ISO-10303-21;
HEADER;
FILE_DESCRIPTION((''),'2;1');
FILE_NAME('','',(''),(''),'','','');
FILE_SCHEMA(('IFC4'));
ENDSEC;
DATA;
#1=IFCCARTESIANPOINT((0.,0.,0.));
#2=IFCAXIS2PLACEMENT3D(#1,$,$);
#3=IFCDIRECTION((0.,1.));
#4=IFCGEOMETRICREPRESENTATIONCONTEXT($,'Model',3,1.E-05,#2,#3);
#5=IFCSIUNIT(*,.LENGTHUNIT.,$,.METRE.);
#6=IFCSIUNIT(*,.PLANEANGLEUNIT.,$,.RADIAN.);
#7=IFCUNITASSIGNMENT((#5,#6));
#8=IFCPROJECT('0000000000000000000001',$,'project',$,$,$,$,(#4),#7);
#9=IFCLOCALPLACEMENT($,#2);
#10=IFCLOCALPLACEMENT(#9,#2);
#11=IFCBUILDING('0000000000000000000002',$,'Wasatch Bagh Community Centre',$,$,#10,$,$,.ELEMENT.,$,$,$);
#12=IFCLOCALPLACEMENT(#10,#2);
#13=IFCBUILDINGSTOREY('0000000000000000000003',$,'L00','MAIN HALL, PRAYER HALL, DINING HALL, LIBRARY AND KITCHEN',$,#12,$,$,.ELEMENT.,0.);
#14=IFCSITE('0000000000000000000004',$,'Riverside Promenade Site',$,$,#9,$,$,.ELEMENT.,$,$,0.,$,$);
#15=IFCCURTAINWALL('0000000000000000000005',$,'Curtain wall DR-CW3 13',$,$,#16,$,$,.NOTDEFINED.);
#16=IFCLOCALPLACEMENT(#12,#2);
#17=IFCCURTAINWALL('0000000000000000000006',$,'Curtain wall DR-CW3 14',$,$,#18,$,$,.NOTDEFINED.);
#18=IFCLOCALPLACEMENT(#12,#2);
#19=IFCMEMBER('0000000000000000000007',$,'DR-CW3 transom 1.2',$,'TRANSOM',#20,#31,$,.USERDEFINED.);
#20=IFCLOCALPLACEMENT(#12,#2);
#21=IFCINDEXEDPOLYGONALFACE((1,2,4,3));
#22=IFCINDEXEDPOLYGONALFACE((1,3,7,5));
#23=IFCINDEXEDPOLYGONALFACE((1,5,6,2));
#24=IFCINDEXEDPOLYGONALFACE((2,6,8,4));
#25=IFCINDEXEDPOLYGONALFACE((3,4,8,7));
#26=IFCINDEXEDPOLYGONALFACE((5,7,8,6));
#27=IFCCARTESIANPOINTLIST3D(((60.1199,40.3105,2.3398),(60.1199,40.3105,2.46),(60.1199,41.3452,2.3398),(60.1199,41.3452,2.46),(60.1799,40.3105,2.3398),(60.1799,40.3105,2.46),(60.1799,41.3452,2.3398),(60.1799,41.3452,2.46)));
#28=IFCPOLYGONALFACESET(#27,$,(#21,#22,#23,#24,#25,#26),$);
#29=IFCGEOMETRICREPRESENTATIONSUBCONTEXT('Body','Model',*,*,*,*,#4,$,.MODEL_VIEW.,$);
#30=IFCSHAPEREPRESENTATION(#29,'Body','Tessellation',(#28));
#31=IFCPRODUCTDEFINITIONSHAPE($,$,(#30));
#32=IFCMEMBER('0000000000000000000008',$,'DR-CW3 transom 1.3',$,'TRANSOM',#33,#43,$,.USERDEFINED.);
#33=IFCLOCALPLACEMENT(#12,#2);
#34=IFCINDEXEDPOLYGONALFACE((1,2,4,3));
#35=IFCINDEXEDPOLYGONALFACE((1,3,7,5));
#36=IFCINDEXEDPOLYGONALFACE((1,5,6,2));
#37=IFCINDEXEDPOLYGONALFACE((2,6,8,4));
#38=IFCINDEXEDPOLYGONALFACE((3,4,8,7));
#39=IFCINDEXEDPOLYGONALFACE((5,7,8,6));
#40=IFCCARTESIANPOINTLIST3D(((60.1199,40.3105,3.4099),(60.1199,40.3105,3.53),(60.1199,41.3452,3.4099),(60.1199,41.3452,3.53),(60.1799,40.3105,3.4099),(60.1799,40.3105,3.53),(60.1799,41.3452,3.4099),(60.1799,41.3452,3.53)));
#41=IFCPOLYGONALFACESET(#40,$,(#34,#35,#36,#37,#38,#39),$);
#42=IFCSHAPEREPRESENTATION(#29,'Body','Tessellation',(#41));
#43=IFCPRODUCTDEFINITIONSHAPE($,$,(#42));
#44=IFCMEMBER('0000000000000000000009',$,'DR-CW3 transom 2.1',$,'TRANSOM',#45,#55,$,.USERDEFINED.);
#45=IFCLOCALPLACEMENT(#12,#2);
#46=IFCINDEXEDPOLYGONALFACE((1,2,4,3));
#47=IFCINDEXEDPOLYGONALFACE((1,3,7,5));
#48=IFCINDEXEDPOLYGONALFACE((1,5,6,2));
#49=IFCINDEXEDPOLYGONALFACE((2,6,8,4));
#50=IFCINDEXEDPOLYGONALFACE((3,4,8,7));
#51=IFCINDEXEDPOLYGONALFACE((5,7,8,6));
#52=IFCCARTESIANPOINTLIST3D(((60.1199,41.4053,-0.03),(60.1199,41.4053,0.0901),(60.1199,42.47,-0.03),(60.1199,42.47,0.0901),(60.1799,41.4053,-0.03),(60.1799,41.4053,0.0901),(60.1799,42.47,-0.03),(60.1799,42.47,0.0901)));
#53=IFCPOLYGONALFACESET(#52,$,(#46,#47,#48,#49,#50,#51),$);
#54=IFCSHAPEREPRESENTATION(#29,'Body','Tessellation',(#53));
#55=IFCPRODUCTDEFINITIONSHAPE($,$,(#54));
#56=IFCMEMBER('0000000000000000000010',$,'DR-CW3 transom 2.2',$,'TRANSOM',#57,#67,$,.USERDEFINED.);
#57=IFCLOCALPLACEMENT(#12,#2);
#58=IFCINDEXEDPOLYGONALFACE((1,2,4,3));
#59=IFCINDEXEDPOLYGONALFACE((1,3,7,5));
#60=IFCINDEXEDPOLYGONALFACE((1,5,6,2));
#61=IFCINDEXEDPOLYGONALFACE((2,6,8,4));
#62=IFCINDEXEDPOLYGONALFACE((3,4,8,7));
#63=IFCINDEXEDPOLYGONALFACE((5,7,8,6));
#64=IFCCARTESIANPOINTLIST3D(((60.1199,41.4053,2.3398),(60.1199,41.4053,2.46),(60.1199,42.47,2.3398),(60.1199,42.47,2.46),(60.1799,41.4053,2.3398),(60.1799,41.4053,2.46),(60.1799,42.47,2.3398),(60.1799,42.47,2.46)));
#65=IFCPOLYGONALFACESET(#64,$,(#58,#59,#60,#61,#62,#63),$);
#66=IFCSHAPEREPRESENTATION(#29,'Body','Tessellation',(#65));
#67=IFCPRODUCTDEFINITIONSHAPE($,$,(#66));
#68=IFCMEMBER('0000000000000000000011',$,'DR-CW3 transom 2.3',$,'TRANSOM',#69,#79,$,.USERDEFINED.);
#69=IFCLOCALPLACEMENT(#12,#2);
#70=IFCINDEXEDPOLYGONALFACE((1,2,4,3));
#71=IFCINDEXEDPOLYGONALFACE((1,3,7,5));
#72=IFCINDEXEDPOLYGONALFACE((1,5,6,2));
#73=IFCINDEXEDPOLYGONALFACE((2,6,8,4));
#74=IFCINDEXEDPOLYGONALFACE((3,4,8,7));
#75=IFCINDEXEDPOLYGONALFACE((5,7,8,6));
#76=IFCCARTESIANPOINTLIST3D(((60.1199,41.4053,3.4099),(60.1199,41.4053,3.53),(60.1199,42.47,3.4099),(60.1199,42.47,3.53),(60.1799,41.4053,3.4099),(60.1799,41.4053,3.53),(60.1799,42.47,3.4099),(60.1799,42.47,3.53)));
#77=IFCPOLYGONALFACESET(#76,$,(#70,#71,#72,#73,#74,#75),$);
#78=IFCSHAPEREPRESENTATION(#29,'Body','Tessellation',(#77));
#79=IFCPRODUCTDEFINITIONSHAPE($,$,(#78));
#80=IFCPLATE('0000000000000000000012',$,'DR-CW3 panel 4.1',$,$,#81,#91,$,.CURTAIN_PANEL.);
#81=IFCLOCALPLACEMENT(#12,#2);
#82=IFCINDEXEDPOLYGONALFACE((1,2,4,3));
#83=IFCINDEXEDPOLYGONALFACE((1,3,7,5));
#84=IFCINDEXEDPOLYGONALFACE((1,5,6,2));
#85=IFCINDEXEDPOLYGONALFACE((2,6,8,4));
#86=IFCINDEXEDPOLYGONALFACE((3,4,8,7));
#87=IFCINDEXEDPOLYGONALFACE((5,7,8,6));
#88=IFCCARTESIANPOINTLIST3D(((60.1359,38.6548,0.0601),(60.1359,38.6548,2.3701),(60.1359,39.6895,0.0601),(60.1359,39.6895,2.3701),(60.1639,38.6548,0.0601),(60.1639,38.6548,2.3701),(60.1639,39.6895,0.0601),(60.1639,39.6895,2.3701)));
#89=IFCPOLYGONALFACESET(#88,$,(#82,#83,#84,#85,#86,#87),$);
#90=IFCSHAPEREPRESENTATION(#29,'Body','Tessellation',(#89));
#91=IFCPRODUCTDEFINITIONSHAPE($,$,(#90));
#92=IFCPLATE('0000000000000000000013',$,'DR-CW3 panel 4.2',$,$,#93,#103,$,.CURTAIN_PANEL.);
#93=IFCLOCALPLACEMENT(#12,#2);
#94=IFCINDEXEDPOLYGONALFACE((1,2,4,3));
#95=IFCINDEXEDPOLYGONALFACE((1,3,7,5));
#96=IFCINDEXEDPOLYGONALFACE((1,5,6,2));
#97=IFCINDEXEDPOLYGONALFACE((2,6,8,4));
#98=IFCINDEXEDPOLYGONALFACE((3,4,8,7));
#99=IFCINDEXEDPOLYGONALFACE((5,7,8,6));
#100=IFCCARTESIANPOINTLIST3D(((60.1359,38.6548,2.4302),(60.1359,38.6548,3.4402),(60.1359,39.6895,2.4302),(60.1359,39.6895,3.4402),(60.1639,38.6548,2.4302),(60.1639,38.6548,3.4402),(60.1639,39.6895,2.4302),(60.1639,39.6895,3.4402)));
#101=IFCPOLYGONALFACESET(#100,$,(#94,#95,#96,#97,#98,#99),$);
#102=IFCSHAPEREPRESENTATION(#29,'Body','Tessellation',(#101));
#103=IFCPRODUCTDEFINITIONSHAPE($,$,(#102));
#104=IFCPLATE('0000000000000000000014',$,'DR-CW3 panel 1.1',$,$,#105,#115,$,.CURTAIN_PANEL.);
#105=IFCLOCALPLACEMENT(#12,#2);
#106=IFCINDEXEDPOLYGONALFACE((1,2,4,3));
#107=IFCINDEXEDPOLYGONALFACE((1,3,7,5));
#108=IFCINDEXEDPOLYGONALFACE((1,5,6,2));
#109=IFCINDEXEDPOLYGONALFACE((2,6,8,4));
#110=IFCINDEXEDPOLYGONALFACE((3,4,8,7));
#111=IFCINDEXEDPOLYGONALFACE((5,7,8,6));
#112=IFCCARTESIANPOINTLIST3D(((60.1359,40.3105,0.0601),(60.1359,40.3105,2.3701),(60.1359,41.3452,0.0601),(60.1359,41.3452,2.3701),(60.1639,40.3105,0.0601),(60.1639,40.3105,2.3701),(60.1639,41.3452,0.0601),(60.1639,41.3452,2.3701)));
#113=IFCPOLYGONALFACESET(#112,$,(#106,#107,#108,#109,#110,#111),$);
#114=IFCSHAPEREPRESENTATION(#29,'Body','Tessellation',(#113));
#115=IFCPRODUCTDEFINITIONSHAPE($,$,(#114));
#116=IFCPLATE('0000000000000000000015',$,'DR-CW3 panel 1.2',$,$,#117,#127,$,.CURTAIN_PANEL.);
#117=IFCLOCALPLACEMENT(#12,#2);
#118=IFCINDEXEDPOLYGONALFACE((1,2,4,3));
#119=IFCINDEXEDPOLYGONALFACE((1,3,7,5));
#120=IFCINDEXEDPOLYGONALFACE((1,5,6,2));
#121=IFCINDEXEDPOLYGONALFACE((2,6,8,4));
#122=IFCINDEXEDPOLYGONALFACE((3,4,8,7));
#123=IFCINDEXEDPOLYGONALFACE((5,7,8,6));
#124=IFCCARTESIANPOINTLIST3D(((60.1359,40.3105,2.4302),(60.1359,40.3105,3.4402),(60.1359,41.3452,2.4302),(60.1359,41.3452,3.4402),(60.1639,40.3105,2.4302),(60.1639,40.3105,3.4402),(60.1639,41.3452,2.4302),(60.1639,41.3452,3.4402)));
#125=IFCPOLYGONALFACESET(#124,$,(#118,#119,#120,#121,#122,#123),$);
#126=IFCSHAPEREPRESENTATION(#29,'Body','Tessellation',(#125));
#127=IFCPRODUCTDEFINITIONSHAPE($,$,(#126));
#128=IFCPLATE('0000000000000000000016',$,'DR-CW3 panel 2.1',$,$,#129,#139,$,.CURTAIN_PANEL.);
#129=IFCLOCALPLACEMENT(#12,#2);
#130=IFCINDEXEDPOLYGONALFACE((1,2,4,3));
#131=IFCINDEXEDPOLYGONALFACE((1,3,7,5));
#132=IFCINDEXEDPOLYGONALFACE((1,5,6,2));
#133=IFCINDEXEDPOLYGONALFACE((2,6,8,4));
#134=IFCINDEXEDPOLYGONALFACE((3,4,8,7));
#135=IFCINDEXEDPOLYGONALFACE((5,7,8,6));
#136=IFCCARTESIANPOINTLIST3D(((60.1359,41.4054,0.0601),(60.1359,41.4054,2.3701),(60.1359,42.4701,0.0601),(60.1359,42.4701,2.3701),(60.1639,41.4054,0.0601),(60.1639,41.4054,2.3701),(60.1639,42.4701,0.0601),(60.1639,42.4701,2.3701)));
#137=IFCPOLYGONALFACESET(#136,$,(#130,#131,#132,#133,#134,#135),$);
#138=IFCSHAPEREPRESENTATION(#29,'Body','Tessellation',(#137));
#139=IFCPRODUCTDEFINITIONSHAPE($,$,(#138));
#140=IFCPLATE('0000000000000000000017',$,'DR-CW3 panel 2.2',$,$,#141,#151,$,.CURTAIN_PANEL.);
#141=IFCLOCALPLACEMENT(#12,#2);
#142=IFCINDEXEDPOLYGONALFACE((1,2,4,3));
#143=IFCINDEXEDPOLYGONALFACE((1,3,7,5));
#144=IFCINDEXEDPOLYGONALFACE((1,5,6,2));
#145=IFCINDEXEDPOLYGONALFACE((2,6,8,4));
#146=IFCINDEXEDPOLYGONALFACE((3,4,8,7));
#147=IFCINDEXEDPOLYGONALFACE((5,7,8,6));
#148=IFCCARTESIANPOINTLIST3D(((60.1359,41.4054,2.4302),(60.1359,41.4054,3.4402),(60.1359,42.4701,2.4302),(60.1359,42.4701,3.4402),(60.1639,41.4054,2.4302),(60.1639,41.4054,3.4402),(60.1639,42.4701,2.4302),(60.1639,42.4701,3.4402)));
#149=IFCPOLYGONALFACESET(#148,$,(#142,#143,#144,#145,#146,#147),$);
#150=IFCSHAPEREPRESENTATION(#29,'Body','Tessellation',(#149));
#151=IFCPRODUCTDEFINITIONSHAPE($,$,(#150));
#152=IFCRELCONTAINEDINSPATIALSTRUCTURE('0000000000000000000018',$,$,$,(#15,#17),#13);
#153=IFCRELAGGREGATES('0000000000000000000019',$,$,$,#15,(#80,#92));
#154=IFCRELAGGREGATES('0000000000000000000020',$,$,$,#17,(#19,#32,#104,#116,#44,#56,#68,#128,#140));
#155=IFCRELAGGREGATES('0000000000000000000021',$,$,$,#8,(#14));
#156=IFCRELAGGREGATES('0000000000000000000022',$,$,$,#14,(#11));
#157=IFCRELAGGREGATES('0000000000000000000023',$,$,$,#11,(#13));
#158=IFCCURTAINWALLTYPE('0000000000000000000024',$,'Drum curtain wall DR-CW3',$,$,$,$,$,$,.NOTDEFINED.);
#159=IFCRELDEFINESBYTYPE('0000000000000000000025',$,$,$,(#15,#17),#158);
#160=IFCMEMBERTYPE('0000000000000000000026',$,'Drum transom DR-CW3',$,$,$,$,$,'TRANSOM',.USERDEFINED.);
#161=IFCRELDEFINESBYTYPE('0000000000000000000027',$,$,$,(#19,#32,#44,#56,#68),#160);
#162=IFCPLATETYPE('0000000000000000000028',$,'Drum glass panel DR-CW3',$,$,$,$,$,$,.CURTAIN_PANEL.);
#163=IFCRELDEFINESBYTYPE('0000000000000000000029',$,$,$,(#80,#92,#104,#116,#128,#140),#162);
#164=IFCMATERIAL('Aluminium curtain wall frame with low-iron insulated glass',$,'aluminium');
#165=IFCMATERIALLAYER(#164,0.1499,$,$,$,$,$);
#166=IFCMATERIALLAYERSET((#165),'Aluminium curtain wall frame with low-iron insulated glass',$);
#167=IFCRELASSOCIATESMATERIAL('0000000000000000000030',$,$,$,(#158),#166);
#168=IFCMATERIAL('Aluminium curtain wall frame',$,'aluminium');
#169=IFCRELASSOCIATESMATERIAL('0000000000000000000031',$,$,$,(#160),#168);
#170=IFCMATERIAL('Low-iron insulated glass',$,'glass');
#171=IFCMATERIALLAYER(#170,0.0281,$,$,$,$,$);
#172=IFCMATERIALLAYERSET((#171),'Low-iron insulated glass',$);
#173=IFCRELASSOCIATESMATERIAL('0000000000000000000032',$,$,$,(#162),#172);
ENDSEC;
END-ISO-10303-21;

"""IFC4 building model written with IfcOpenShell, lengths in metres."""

from ifc_helpers import new_model, si_unit, direction, frame, origin, origin_2d, place, context, subcontext, project, spatial, rectangle, extrude, material, layer, layer_set, material_profile, profile_set, type_object, element, aggregate, save


model = new_model("IFC4")

# Units and contexts
model_context = context("Model", 3, precision=1e-05, world=origin(), true_north=direction((0.0, 1.0)))
body_context = subcontext(model_context, "Body", "Model", "MODEL_VIEW")
ifc_project = project(units=[si_unit("LENGTHUNIT", "METRE"), si_unit("PLANEANGLEUNIT", "RADIAN")], contexts=[model_context])

# Site, building, storey
site_placement = place(None, origin())
site = spatial("IfcSite", under=ifc_project, at=site_placement, Name="Riverside Promenade Site", CompositionType="ELEMENT", RefElevation=0.0)
building_placement = place(site_placement, origin())
building = spatial("IfcBuilding", under=site, at=building_placement, Name="Wasatch Bagh Community Centre", CompositionType="ELEMENT")
storey_placement = place(building_placement, origin())
storey = spatial("IfcBuildingStorey", under=building, at=storey_placement, Name="L00", Description="MAIN HALL, PRAYER HALL, DINING HALL, LIBRARY AND KITCHEN", CompositionType="ELEMENT", Elevation=0.0)

# Curtain wall
ifc_material_1 = material(Name="Aluminium curtain wall frame with low-iron insulated glass", Category="aluminium")
ifc_layer_1 = layer(ifc_material_1, 0.1499)
ifc_layer_set_1 = layer_set([ifc_layer_1], Name="Aluminium curtain wall frame with low-iron insulated glass")
curtain_wall_type = type_object("IfcCurtainWallType", Name="Drum curtain wall DR-CW3", PredefinedType="NOTDEFINED", material=ifc_layer_set_1)
curtain_wall_1_placement = place(storey_placement, origin())
curtain_wall_1 = element("IfcCurtainWall", 1, at=curtain_wall_1_placement, inside=storey, type_object=curtain_wall_type, Name="Curtain wall DR-CW3 13", PredefinedType="NOTDEFINED")
ifc_material_2 = material(Name="Aluminium curtain wall frame", Category="aluminium")

# Curtain wall
curtain_wall_2_placement = place(storey_placement, origin())
curtain_wall_2 = element("IfcCurtainWall", 2, at=curtain_wall_2_placement, inside=storey, type_object=curtain_wall_type, Name="Curtain wall DR-CW3 14", PredefinedType="NOTDEFINED")

# Members
ifc_material_profile_1 = material_profile(ifc_material_2, rectangle(XDim=0.0601, YDim=0.1201, at=origin_2d()), Name="Drum transom DR-CW3")
ifc_profile_set_1 = profile_set([ifc_material_profile_1], Name="Aluminium curtain wall frame")
member_type_1 = type_object("IfcMemberType", Name="Drum transom DR-CW3", ElementType="TRANSOM", PredefinedType="USERDEFINED", material=ifc_profile_set_1)
member_1_placement = place(storey_placement, frame((60.1499, 40.3105, 2.3999), z_axis=(0.0, 1.0, 0.0), x_axis=(-1.0, 0.0, 0.0)))
member_1 = element("IfcMember", 3, at=member_1_placement, type_object=member_type_1, Name="DR-CW3 transom 1.2", ObjectType="TRANSOM", PredefinedType="USERDEFINED", context=body_context, shape_type="SweptSolid", body=[
    extrude(rectangle(XDim=0.0601, YDim=0.1201, at=origin_2d()), origin(), (0.0, 0.0, 1.0), 1.0347),
])
member_2_placement = place(storey_placement, frame((60.1499, 40.3105, 3.47), z_axis=(0.0, 1.0, 0.0), x_axis=(-1.0, 0.0, 0.0)))
member_2 = element("IfcMember", 4, at=member_2_placement, type_object=member_type_1, Name="DR-CW3 transom 1.3", ObjectType="TRANSOM", PredefinedType="USERDEFINED", context=body_context, shape_type="SweptSolid", body=[
    extrude(rectangle(XDim=0.0601, YDim=0.1201, at=origin_2d()), origin(), (0.0, 0.0, 1.0), 1.0347),
])
member_3_placement = place(storey_placement, frame((60.1499, 41.4053, 0.03), z_axis=(0.0, 1.0, 0.0), x_axis=(-1.0, 0.0, 0.0)))
member_3 = element("IfcMember", 5, at=member_3_placement, type_object=member_type_1, Name="DR-CW3 transom 2.1", ObjectType="TRANSOM", PredefinedType="USERDEFINED", context=body_context, shape_type="SweptSolid", body=[
    extrude(rectangle(XDim=0.0601, YDim=0.1201, at=origin_2d()), origin(), (0.0, 0.0, 1.0), 1.0647),
])
member_4_placement = place(storey_placement, frame((60.1499, 41.4053, 2.3999), z_axis=(0.0, 1.0, 0.0), x_axis=(-1.0, 0.0, 0.0)))
member_4 = element("IfcMember", 6, at=member_4_placement, type_object=member_type_1, Name="DR-CW3 transom 2.2", ObjectType="TRANSOM", PredefinedType="USERDEFINED", context=body_context, shape_type="SweptSolid", body=[
    extrude(rectangle(XDim=0.0601, YDim=0.1201, at=origin_2d()), origin(), (0.0, 0.0, 1.0), 1.0647),
])
member_5_placement = place(storey_placement, frame((60.1499, 41.4053, 3.47), z_axis=(0.0, 1.0, 0.0), x_axis=(-1.0, 0.0, 0.0)))
member_5 = element("IfcMember", 7, at=member_5_placement, type_object=member_type_1, Name="DR-CW3 transom 2.3", ObjectType="TRANSOM", PredefinedType="USERDEFINED", context=body_context, shape_type="SweptSolid", body=[
    extrude(rectangle(XDim=0.0601, YDim=0.1201, at=origin_2d()), origin(), (0.0, 0.0, 1.0), 1.0647),
])

# Plates
ifc_material_3 = material(Name="Low-iron insulated glass", Category="glass")
ifc_layer_2 = layer(ifc_material_3, 0.0281)
ifc_layer_set_2 = layer_set([ifc_layer_2], Name="Low-iron insulated glass")
plate_type = type_object("IfcPlateType", Name="Drum glass panel DR-CW3", PredefinedType="CURTAIN_PANEL", material=ifc_layer_set_2)
plate_1_placement = place(storey_placement, frame((60.1499, 39.1721, 0.0601), z_axis=(0.0, 0.0, 1.0), x_axis=(0.0, 1.0, 0.0)))
plate_1 = element("IfcPlate", 8, at=plate_1_placement, type_object=plate_type, Name="DR-CW3 panel 4.1", PredefinedType="CURTAIN_PANEL", context=body_context, shape_type="SweptSolid", body=[
    extrude(rectangle(XDim=1.0347, YDim=0.0281, at=origin_2d()), origin(), (0.0, 0.0, 1.0), 2.3101),
])
plate_2_placement = place(storey_placement, frame((60.1499, 39.1721, 2.4302), z_axis=(0.0, 0.0, 1.0), x_axis=(0.0, 1.0, 0.0)))
plate_2 = element("IfcPlate", 9, at=plate_2_placement, type_object=plate_type, Name="DR-CW3 panel 4.2", PredefinedType="CURTAIN_PANEL", context=body_context, shape_type="SweptSolid", body=[
    extrude(rectangle(XDim=1.0347, YDim=0.0281, at=origin_2d()), origin(), (0.0, 0.0, 1.0), 1.01),
])
aggregate(curtain_wall_1, [plate_1, plate_2])
plate_3_placement = place(storey_placement, frame((60.1499, 40.8279, 0.0601), z_axis=(0.0, 0.0, 1.0), x_axis=(0.0, 1.0, 0.0)))
plate_3 = element("IfcPlate", 10, at=plate_3_placement, type_object=plate_type, Name="DR-CW3 panel 1.1", PredefinedType="CURTAIN_PANEL", context=body_context, shape_type="SweptSolid", body=[
    extrude(rectangle(XDim=1.0347, YDim=0.0281, at=origin_2d()), origin(), (0.0, 0.0, 1.0), 2.3101),
])
plate_4_placement = place(storey_placement, frame((60.1499, 40.8279, 2.4302), z_axis=(0.0, 0.0, 1.0), x_axis=(0.0, 1.0, 0.0)))
plate_4 = element("IfcPlate", 11, at=plate_4_placement, type_object=plate_type, Name="DR-CW3 panel 1.2", PredefinedType="CURTAIN_PANEL", context=body_context, shape_type="SweptSolid", body=[
    extrude(rectangle(XDim=1.0347, YDim=0.0281, at=origin_2d()), origin(), (0.0, 0.0, 1.0), 1.01),
])
plate_5_placement = place(storey_placement, frame((60.1499, 41.9377, 0.0601), z_axis=(0.0, 0.0, 1.0), x_axis=(0.0, 1.0, 0.0)))
plate_5 = element("IfcPlate", 12, at=plate_5_placement, type_object=plate_type, Name="DR-CW3 panel 2.1", PredefinedType="CURTAIN_PANEL", context=body_context, shape_type="SweptSolid", body=[
    extrude(rectangle(XDim=1.0647, YDim=0.0281, at=origin_2d()), origin(), (0.0, 0.0, 1.0), 2.3101),
])
plate_6_placement = place(storey_placement, frame((60.1499, 41.9377, 2.4302), z_axis=(0.0, 0.0, 1.0), x_axis=(0.0, 1.0, 0.0)))
plate_6 = element("IfcPlate", 13, at=plate_6_placement, type_object=plate_type, Name="DR-CW3 panel 2.2", PredefinedType="CURTAIN_PANEL", context=body_context, shape_type="SweptSolid", body=[
    extrude(rectangle(XDim=1.0647, YDim=0.0281, at=origin_2d()), origin(), (0.0, 0.0, 1.0), 1.01),
])
aggregate(curtain_wall_2, [member_1, member_2, plate_3, plate_4, member_3, member_4, member_5, plate_5, plate_6])

save(model, "model.ifc")
